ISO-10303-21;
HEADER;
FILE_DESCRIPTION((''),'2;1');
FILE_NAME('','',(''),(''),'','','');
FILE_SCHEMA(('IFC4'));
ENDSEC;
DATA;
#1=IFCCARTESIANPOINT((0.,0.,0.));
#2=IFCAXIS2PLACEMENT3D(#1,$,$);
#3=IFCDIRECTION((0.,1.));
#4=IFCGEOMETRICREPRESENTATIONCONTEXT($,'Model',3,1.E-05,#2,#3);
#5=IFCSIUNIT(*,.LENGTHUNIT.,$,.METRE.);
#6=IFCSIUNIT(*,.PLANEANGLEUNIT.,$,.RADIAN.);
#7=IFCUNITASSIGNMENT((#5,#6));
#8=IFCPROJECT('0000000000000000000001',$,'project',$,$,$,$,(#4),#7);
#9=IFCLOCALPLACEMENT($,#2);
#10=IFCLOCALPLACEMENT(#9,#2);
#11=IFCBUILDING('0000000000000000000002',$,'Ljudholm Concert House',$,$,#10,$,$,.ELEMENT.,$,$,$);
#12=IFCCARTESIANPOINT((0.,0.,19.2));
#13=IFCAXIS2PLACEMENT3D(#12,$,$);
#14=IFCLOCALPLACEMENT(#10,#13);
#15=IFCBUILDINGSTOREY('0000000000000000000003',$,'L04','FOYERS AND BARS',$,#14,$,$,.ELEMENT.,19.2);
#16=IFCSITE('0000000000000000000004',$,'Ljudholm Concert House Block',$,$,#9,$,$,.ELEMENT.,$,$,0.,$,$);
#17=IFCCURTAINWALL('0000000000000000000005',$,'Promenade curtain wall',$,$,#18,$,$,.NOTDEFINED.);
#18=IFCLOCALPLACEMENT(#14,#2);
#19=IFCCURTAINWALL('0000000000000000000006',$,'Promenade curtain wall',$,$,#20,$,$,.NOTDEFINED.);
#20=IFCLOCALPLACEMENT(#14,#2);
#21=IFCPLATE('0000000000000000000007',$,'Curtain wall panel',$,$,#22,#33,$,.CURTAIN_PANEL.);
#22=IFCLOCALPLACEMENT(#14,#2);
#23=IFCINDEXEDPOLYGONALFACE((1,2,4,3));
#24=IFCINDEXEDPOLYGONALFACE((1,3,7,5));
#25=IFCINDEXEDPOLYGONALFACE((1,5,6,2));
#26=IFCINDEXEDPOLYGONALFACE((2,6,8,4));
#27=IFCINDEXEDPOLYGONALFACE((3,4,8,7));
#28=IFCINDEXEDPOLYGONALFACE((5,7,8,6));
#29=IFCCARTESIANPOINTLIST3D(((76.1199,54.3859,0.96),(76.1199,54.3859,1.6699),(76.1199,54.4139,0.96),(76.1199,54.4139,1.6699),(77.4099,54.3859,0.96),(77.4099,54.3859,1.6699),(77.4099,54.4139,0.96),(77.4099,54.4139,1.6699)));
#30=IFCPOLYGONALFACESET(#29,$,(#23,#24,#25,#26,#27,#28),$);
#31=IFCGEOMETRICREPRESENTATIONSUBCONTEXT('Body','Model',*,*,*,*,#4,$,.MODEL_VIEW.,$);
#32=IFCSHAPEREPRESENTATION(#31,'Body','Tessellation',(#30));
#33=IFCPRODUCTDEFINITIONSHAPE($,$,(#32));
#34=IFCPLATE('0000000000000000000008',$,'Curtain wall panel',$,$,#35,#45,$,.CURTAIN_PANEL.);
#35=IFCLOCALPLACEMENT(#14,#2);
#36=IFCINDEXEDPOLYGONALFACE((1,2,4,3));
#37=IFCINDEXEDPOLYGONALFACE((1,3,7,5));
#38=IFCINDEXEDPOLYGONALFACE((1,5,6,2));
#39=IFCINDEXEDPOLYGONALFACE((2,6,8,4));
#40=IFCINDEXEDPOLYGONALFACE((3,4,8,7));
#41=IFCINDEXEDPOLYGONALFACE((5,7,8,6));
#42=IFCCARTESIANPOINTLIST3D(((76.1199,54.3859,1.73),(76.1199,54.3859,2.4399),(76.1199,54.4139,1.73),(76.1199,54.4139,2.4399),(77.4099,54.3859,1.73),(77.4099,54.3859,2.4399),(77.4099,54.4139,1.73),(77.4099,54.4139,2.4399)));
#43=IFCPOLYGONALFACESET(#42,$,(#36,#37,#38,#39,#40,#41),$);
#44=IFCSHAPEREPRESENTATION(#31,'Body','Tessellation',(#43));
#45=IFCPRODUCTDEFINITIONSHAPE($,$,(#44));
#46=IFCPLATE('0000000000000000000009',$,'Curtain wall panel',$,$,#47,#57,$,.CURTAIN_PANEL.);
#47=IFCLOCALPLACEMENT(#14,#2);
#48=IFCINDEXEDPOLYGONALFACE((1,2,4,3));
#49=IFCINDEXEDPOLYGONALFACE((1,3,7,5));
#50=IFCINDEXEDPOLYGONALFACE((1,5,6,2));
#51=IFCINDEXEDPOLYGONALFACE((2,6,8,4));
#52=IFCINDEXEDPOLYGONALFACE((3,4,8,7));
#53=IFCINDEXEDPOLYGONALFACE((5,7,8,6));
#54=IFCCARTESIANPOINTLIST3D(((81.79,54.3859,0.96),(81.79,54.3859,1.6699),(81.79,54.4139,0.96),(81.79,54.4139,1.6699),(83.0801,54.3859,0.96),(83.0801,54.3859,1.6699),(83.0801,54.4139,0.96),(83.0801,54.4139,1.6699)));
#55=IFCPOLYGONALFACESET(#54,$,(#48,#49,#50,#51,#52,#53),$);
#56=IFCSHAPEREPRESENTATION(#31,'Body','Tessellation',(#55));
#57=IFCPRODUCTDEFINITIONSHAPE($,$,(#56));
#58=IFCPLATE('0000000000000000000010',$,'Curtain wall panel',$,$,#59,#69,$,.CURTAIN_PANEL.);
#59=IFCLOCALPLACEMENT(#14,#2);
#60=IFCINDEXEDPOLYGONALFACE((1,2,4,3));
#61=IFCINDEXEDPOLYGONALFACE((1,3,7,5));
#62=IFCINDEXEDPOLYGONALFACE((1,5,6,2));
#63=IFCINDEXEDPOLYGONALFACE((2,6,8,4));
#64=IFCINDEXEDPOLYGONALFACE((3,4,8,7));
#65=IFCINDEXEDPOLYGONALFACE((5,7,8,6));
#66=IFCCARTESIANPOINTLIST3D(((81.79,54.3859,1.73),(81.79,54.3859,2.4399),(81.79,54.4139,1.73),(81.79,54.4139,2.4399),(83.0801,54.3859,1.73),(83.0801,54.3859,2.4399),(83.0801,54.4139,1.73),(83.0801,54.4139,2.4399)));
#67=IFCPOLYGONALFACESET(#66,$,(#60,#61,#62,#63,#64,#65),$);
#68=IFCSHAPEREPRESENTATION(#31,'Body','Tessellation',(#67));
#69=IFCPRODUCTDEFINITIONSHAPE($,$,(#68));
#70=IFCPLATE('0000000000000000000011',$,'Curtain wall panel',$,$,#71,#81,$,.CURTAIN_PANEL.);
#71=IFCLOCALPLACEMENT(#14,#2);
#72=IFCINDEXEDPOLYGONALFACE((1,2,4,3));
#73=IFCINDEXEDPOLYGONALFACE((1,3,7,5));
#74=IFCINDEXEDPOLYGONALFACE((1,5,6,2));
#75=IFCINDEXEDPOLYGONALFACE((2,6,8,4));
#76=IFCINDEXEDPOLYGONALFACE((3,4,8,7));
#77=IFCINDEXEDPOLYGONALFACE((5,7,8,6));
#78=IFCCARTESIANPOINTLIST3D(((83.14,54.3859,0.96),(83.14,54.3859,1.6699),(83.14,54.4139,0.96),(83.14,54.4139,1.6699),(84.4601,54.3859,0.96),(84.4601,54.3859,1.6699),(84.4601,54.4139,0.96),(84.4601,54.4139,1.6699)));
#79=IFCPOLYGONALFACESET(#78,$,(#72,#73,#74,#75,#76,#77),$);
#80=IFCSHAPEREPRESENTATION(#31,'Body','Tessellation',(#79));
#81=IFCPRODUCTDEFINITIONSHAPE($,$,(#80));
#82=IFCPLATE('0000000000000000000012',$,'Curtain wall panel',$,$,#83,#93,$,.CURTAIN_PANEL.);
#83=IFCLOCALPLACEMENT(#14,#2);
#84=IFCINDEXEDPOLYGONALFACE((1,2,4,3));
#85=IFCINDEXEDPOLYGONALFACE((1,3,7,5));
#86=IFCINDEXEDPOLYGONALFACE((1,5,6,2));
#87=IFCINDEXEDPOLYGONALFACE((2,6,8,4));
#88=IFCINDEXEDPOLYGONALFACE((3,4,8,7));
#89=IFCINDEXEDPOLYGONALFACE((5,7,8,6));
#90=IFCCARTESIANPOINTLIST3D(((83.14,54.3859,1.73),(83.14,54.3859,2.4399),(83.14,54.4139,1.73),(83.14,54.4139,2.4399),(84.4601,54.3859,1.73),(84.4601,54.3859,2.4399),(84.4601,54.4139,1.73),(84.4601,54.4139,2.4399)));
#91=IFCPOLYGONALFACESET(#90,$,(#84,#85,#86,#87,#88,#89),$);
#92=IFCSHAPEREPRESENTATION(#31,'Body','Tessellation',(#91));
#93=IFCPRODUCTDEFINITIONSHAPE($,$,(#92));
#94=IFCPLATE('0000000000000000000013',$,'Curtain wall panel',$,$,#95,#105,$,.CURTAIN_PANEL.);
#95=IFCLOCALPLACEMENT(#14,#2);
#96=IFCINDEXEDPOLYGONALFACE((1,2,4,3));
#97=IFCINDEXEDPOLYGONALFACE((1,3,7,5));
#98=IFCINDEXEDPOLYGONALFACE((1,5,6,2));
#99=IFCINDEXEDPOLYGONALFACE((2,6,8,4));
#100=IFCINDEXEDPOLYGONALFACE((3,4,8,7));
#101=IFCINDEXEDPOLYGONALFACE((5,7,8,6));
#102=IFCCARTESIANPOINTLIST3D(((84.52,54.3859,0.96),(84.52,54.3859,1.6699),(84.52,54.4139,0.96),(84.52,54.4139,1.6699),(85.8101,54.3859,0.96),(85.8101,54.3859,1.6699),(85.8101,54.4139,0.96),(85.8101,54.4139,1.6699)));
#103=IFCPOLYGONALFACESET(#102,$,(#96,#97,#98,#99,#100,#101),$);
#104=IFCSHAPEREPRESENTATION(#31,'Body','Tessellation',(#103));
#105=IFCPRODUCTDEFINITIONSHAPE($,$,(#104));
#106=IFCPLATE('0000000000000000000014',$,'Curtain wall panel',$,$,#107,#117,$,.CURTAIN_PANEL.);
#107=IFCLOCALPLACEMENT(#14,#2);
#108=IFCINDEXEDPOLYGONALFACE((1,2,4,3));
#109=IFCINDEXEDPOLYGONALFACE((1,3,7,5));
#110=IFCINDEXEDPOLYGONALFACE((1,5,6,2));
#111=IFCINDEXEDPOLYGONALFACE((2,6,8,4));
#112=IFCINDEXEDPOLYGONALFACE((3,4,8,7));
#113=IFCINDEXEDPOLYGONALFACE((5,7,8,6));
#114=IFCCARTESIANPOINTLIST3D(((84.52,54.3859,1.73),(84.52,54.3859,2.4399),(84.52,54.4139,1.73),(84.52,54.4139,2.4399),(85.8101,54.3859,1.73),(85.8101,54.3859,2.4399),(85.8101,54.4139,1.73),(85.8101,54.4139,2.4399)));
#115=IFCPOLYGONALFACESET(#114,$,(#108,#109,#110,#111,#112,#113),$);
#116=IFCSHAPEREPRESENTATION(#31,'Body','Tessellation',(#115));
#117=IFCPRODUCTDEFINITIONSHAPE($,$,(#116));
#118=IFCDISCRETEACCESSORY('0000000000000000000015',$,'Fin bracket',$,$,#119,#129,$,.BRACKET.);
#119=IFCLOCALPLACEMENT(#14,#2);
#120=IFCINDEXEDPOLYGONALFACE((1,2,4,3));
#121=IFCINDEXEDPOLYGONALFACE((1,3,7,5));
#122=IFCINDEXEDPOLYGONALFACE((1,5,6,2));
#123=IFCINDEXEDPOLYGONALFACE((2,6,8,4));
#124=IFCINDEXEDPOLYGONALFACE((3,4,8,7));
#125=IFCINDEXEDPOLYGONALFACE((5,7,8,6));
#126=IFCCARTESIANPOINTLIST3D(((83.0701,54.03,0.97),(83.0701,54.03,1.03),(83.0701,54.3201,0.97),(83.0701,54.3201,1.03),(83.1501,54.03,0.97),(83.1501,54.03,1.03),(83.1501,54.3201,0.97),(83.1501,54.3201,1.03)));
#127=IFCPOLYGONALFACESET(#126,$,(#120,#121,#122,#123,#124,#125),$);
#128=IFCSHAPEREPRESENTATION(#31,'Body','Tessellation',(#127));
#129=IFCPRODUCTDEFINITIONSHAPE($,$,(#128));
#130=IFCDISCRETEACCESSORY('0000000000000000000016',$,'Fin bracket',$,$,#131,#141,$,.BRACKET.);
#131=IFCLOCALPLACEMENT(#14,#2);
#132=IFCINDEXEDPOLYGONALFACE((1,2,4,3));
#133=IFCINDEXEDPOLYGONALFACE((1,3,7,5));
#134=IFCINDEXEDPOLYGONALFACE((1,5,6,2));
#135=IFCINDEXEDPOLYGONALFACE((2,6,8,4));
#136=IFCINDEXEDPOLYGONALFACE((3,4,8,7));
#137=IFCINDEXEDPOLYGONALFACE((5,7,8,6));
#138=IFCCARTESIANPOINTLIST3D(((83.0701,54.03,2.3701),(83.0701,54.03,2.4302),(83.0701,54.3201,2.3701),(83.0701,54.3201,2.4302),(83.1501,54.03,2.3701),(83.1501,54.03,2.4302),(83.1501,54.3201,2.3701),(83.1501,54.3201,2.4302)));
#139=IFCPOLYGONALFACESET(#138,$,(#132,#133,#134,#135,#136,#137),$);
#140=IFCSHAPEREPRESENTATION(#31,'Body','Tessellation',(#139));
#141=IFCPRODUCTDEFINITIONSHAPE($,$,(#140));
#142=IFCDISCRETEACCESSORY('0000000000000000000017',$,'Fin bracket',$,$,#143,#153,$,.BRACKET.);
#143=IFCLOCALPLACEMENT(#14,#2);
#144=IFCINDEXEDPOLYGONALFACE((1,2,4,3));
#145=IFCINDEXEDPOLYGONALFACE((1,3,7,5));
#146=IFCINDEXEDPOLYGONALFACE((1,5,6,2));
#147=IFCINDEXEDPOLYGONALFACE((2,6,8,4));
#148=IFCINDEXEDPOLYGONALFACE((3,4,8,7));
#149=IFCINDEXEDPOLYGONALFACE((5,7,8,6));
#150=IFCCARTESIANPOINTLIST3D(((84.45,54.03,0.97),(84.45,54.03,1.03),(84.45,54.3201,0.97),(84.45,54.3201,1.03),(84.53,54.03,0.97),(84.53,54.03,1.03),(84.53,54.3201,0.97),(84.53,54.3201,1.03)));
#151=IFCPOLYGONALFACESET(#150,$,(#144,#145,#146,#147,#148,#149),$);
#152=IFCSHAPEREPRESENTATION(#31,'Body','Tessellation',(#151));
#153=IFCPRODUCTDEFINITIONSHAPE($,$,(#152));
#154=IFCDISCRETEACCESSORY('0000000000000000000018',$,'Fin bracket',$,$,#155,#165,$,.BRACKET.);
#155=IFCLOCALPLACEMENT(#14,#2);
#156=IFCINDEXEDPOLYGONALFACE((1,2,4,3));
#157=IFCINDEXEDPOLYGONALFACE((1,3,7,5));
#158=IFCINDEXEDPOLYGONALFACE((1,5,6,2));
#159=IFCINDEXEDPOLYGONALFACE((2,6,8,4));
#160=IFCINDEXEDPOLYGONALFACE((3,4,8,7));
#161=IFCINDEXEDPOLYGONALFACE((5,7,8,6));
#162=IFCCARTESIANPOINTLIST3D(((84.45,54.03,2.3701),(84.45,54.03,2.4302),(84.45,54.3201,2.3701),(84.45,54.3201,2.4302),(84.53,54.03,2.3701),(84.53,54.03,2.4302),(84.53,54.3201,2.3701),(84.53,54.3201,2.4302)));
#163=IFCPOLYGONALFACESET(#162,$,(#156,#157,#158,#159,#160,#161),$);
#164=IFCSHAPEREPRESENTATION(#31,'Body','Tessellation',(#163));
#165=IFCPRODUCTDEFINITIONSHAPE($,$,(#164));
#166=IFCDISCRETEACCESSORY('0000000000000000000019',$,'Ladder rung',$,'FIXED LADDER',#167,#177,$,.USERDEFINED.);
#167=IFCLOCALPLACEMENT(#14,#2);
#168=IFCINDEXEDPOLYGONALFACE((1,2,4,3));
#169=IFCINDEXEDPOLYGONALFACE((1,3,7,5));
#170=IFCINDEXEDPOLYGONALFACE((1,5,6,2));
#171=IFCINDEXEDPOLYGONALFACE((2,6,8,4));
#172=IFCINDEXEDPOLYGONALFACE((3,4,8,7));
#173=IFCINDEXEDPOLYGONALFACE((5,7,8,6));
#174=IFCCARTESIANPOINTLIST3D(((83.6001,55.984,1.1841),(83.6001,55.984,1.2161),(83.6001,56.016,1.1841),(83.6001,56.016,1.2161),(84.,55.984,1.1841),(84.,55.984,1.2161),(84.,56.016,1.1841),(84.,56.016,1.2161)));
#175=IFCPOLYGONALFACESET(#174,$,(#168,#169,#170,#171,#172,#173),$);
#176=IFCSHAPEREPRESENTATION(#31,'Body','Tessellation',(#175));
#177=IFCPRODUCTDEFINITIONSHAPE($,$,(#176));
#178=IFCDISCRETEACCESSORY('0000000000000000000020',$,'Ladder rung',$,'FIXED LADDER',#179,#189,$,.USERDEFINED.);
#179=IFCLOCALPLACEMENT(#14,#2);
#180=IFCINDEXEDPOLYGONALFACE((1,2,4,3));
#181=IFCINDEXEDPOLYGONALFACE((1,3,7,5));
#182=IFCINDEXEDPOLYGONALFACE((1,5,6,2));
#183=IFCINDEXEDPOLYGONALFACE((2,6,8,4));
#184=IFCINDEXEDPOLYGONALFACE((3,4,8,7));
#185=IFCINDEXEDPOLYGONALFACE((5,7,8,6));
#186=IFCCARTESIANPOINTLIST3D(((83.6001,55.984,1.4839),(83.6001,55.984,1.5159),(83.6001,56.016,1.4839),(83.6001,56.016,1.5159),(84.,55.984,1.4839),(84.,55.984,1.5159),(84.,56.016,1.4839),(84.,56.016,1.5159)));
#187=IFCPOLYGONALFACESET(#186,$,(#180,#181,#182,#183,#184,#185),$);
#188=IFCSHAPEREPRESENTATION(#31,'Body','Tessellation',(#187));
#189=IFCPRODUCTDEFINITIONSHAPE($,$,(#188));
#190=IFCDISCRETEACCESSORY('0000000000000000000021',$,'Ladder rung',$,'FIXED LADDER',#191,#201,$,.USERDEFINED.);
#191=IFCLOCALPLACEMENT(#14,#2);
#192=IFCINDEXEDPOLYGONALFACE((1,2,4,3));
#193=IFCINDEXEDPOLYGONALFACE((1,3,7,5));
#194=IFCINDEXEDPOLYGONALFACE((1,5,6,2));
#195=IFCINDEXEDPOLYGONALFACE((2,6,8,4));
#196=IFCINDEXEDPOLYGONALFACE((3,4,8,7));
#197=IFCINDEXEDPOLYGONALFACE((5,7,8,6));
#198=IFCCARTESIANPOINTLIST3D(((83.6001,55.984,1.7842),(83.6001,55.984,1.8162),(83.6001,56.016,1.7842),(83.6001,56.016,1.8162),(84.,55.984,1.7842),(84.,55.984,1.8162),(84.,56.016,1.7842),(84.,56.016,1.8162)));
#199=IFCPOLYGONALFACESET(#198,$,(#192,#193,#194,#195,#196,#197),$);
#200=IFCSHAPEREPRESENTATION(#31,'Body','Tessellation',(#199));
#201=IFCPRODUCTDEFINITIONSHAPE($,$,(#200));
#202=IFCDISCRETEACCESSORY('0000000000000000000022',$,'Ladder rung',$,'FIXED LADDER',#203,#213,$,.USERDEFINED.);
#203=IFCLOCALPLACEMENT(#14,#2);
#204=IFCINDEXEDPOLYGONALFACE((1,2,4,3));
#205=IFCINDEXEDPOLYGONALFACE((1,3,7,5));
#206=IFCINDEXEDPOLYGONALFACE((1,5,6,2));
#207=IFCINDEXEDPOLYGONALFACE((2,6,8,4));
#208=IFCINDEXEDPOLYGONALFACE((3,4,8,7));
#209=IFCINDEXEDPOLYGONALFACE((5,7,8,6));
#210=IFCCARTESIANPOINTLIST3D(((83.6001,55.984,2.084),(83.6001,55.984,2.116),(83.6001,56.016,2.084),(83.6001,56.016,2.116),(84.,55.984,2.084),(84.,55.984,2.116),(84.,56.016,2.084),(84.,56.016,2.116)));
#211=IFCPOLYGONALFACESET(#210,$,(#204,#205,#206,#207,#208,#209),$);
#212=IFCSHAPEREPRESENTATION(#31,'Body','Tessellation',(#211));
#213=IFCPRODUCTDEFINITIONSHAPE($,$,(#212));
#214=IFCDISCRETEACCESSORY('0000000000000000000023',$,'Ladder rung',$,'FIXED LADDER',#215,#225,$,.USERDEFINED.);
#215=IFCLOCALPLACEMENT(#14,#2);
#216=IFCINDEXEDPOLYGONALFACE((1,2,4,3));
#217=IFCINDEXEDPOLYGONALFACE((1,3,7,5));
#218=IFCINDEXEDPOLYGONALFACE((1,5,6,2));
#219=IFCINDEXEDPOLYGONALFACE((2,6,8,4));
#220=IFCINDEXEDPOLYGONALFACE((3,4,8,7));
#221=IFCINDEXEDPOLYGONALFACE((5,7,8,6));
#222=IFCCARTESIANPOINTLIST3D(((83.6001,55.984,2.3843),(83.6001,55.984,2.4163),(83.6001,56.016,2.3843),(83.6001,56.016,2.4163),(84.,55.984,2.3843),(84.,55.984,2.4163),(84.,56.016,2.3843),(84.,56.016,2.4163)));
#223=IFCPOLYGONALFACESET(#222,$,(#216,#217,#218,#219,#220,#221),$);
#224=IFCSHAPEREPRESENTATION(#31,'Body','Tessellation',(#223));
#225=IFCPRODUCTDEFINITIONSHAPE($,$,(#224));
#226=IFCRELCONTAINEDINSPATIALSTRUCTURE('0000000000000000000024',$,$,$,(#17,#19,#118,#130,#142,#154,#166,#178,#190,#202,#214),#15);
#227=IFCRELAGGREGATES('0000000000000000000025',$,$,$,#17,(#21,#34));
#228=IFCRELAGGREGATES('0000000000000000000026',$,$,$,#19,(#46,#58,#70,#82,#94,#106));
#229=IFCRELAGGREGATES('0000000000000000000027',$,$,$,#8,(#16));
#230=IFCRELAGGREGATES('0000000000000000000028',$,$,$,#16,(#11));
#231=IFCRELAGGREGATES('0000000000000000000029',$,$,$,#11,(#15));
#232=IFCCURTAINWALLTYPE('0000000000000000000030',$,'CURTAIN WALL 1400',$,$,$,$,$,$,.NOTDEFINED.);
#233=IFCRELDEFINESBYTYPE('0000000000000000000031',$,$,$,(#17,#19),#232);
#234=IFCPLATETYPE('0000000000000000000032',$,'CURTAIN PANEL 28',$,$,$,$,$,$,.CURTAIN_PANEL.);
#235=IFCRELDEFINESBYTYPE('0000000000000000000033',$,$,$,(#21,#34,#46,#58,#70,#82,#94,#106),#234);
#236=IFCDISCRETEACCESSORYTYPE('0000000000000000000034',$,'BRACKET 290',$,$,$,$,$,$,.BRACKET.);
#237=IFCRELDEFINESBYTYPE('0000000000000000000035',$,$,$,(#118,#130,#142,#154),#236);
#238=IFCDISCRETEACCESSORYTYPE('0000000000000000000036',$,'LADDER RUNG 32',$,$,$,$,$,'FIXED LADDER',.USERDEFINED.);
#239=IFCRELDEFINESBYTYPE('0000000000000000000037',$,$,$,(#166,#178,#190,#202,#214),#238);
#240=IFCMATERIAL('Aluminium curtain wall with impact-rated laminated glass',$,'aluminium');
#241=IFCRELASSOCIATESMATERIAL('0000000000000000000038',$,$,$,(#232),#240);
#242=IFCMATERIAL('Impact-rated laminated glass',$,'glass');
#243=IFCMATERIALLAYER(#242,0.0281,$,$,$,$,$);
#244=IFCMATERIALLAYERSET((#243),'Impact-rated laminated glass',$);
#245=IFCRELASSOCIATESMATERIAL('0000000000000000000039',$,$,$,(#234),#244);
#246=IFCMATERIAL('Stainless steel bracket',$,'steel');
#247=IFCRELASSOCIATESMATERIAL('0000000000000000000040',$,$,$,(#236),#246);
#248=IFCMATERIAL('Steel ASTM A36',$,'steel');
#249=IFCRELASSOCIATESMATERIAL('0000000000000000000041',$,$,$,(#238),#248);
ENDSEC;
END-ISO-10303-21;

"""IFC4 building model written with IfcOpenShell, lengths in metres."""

from ifc_helpers import new_model, si_unit, direction, frame, origin, origin_2d, place, context, subcontext, project, spatial, rectangle, extrude, material, layer, layer_set, type_object, element, aggregate, save


model = new_model("IFC4")

# Units and contexts
model_context = context("Model", 3, precision=1e-05, world=origin(), true_north=direction((0.0, 1.0)))
body_context = subcontext(model_context, "Body", "Model", "MODEL_VIEW")
ifc_project = project(units=[si_unit("LENGTHUNIT", "METRE"), si_unit("PLANEANGLEUNIT", "RADIAN")], contexts=[model_context])

# Site, building, storey
site_placement = place(None, origin())
site = spatial("IfcSite", under=ifc_project, at=site_placement, Name="Ljudholm Concert House Block", CompositionType="ELEMENT", RefElevation=0.0)
building_placement = place(site_placement, origin())
building = spatial("IfcBuilding", under=site, at=building_placement, Name="Ljudholm Concert House", CompositionType="ELEMENT")
storey_placement = place(building_placement, frame((0.0, 0.0, 19.2)))
storey = spatial("IfcBuildingStorey", under=building, at=storey_placement, Name="L04", Description="FOYERS AND BARS", CompositionType="ELEMENT", Elevation=19.2)

# Curtain wall
ifc_material_1 = material(Name="Aluminium curtain wall with impact-rated laminated glass", Category="aluminium")
curtain_wall_type = type_object("IfcCurtainWallType", Name="CURTAIN WALL 1400", PredefinedType="NOTDEFINED", material=ifc_material_1)
curtain_wall_1_placement = place(storey_placement, origin())
curtain_wall_1 = element("IfcCurtainWall", 1, at=curtain_wall_1_placement, inside=storey, type_object=curtain_wall_type, Name="Promenade curtain wall", PredefinedType="NOTDEFINED")

# Curtain wall
curtain_wall_2_placement = place(storey_placement, origin())
curtain_wall_2 = element("IfcCurtainWall", 2, at=curtain_wall_2_placement, inside=storey, type_object=curtain_wall_type, Name="Promenade curtain wall", PredefinedType="NOTDEFINED")

# Plates
ifc_material_2 = material(Name="Impact-rated laminated glass", Category="glass")
ifc_layer_1 = layer(ifc_material_2, 0.0281)
ifc_layer_set_1 = layer_set([ifc_layer_1], Name="Impact-rated laminated glass")
plate_type = type_object("IfcPlateType", Name="CURTAIN PANEL 28", PredefinedType="CURTAIN_PANEL", material=ifc_layer_set_1)
plate_1_placement = place(storey_placement, frame((76.7649, 54.3999, 0.96), z_axis=(0.0, 0.0, 1.0), x_axis=(1.0, 0.0, 0.0)))
plate_1 = element("IfcPlate", 3, at=plate_1_placement, type_object=plate_type, Name="Curtain wall panel", PredefinedType="CURTAIN_PANEL", context=body_context, shape_type="SweptSolid", body=[
    extrude(rectangle(XDim=1.29, YDim=0.0281, at=origin_2d()), origin(), (0.0, 0.0, 1.0), 0.71),
])
plate_2_placement = place(storey_placement, frame((76.7649, 54.3999, 1.73), z_axis=(0.0, 0.0, 1.0), x_axis=(1.0, 0.0, 0.0)))
plate_2 = element("IfcPlate", 4, at=plate_2_placement, type_object=plate_type, Name="Curtain wall panel", PredefinedType="CURTAIN_PANEL", context=body_context, shape_type="SweptSolid", body=[
    extrude(rectangle(XDim=1.29, YDim=0.0281, at=origin_2d()), origin(), (0.0, 0.0, 1.0), 0.71),
])
aggregate(curtain_wall_1, [plate_1, plate_2])
plate_3_placement = place(storey_placement, frame((82.4351, 54.3999, 0.96), z_axis=(0.0, 0.0, 1.0), x_axis=(1.0, 0.0, 0.0)))
plate_3 = element("IfcPlate", 5, at=plate_3_placement, type_object=plate_type, Name="Curtain wall panel", PredefinedType="CURTAIN_PANEL", context=body_context, shape_type="SweptSolid", body=[
    extrude(rectangle(XDim=1.29, YDim=0.0281, at=origin_2d()), origin(), (0.0, 0.0, 1.0), 0.71),
])
plate_4_placement = place(storey_placement, frame((82.4351, 54.3999, 1.73), z_axis=(0.0, 0.0, 1.0), x_axis=(1.0, 0.0, 0.0)))
plate_4 = element("IfcPlate", 6, at=plate_4_placement, type_object=plate_type, Name="Curtain wall panel", PredefinedType="CURTAIN_PANEL", context=body_context, shape_type="SweptSolid", body=[
    extrude(rectangle(XDim=1.29, YDim=0.0281, at=origin_2d()), origin(), (0.0, 0.0, 1.0), 0.71),
])
plate_5_placement = place(storey_placement, frame((83.8, 54.3999, 0.96), z_axis=(0.0, 0.0, 1.0), x_axis=(1.0, 0.0, 0.0)))
plate_5 = element("IfcPlate", 7, at=plate_5_placement, type_object=plate_type, Name="Curtain wall panel", PredefinedType="CURTAIN_PANEL", context=body_context, shape_type="SweptSolid", body=[
    extrude(rectangle(XDim=1.3201, YDim=0.0281, at=origin_2d()), origin(), (0.0, 0.0, 1.0), 0.71),
])
plate_6_placement = place(storey_placement, frame((83.8, 54.3999, 1.73), z_axis=(0.0, 0.0, 1.0), x_axis=(1.0, 0.0, 0.0)))
plate_6 = element("IfcPlate", 8, at=plate_6_placement, type_object=plate_type, Name="Curtain wall panel", PredefinedType="CURTAIN_PANEL", context=body_context, shape_type="SweptSolid", body=[
    extrude(rectangle(XDim=1.3201, YDim=0.0281, at=origin_2d()), origin(), (0.0, 0.0, 1.0), 0.71),
])
plate_7_placement = place(storey_placement, frame((85.165, 54.3999, 0.96), z_axis=(0.0, 0.0, 1.0), x_axis=(1.0, 0.0, 0.0)))
plate_7 = element("IfcPlate", 9, at=plate_7_placement, type_object=plate_type, Name="Curtain wall panel", PredefinedType="CURTAIN_PANEL", context=body_context, shape_type="SweptSolid", body=[
    extrude(rectangle(XDim=1.29, YDim=0.0281, at=origin_2d()), origin(), (0.0, 0.0, 1.0), 0.71),
])
plate_8_placement = place(storey_placement, frame((85.165, 54.3999, 1.73), z_axis=(0.0, 0.0, 1.0), x_axis=(1.0, 0.0, 0.0)))
plate_8 = element("IfcPlate", 10, at=plate_8_placement, type_object=plate_type, Name="Curtain wall panel", PredefinedType="CURTAIN_PANEL", context=body_context, shape_type="SweptSolid", body=[
    extrude(rectangle(XDim=1.29, YDim=0.0281, at=origin_2d()), origin(), (0.0, 0.0, 1.0), 0.71),
])
aggregate(curtain_wall_2, [plate_3, plate_4, plate_5, plate_6, plate_7, plate_8])

# Discrete accessories
ifc_material_3 = material(Name="Stainless steel bracket", Category="steel")
discrete_accessory_type_1 = type_object("IfcDiscreteAccessoryType", Name="BRACKET 290", PredefinedType="BRACKET", material=ifc_material_3)
for number, where, z_axis, x_axis, name in (
    (11, (83.1101, 54.175, 0.97), (0.0, 0.0, 1.0), (0.0, -1.0, 0.0), "Fin bracket"),
    (12, (83.1101, 54.175, 2.3701), (0.0, 0.0, 1.0), (0.0, -1.0, 0.0), "Fin bracket"),
    (13, (84.49, 54.175, 0.97), (0.0, 0.0, 1.0), (0.0, -1.0, 0.0), "Fin bracket"),
    (14, (84.49, 54.175, 2.3701), (0.0, 0.0, 1.0), (0.0, -1.0, 0.0), "Fin bracket"),
):
    element("IfcDiscreteAccessory", number, at=place(storey_placement, frame(where, z_axis=z_axis, x_axis=x_axis)), inside=storey, type_object=discrete_accessory_type_1, Name=name, PredefinedType="BRACKET", context=body_context, shape_type="SweptSolid", body=[
        extrude(rectangle(XDim=0.29, YDim=0.0801, at=origin_2d()), origin(), (0.0, 0.0, 1.0), 0.0601),
    ])
ifc_material_4 = material(Name="Steel ASTM A36", Category="steel")
discrete_accessory_type_2 = type_object("IfcDiscreteAccessoryType", Name="LADDER RUNG 32", ElementType="FIXED LADDER", PredefinedType="USERDEFINED", material=ifc_material_4)
for number, where, z_axis, x_axis, name in (
    (15, (83.8, 56.0, 1.1841), (0.0, 0.0, 1.0), (1.0, 0.0, 0.0), "Ladder rung"),
    (16, (83.8, 56.0, 1.4839), (0.0, 0.0, 1.0), (1.0, 0.0, 0.0), "Ladder rung"),
    (17, (83.8, 56.0, 1.7842), (0.0, 0.0, 1.0), (1.0, 0.0, 0.0), "Ladder rung"),
    (18, (83.8, 56.0, 2.084), (0.0, 0.0, 1.0), (1.0, 0.0, 0.0), "Ladder rung"),
    (19, (83.8, 56.0, 2.3843), (0.0, 0.0, 1.0), (1.0, 0.0, 0.0), "Ladder rung"),
):
    element("IfcDiscreteAccessory", number, at=place(storey_placement, frame(where, z_axis=z_axis, x_axis=x_axis)), inside=storey, type_object=discrete_accessory_type_2, Name=name, ObjectType="FIXED LADDER", PredefinedType="USERDEFINED", context=body_context, shape_type="SweptSolid", body=[
        extrude(rectangle(XDim=0.3999, YDim=0.032, at=origin_2d()), origin(), (0.0, 0.0, 1.0), 0.032),
    ])

save(model, "model.ifc")
